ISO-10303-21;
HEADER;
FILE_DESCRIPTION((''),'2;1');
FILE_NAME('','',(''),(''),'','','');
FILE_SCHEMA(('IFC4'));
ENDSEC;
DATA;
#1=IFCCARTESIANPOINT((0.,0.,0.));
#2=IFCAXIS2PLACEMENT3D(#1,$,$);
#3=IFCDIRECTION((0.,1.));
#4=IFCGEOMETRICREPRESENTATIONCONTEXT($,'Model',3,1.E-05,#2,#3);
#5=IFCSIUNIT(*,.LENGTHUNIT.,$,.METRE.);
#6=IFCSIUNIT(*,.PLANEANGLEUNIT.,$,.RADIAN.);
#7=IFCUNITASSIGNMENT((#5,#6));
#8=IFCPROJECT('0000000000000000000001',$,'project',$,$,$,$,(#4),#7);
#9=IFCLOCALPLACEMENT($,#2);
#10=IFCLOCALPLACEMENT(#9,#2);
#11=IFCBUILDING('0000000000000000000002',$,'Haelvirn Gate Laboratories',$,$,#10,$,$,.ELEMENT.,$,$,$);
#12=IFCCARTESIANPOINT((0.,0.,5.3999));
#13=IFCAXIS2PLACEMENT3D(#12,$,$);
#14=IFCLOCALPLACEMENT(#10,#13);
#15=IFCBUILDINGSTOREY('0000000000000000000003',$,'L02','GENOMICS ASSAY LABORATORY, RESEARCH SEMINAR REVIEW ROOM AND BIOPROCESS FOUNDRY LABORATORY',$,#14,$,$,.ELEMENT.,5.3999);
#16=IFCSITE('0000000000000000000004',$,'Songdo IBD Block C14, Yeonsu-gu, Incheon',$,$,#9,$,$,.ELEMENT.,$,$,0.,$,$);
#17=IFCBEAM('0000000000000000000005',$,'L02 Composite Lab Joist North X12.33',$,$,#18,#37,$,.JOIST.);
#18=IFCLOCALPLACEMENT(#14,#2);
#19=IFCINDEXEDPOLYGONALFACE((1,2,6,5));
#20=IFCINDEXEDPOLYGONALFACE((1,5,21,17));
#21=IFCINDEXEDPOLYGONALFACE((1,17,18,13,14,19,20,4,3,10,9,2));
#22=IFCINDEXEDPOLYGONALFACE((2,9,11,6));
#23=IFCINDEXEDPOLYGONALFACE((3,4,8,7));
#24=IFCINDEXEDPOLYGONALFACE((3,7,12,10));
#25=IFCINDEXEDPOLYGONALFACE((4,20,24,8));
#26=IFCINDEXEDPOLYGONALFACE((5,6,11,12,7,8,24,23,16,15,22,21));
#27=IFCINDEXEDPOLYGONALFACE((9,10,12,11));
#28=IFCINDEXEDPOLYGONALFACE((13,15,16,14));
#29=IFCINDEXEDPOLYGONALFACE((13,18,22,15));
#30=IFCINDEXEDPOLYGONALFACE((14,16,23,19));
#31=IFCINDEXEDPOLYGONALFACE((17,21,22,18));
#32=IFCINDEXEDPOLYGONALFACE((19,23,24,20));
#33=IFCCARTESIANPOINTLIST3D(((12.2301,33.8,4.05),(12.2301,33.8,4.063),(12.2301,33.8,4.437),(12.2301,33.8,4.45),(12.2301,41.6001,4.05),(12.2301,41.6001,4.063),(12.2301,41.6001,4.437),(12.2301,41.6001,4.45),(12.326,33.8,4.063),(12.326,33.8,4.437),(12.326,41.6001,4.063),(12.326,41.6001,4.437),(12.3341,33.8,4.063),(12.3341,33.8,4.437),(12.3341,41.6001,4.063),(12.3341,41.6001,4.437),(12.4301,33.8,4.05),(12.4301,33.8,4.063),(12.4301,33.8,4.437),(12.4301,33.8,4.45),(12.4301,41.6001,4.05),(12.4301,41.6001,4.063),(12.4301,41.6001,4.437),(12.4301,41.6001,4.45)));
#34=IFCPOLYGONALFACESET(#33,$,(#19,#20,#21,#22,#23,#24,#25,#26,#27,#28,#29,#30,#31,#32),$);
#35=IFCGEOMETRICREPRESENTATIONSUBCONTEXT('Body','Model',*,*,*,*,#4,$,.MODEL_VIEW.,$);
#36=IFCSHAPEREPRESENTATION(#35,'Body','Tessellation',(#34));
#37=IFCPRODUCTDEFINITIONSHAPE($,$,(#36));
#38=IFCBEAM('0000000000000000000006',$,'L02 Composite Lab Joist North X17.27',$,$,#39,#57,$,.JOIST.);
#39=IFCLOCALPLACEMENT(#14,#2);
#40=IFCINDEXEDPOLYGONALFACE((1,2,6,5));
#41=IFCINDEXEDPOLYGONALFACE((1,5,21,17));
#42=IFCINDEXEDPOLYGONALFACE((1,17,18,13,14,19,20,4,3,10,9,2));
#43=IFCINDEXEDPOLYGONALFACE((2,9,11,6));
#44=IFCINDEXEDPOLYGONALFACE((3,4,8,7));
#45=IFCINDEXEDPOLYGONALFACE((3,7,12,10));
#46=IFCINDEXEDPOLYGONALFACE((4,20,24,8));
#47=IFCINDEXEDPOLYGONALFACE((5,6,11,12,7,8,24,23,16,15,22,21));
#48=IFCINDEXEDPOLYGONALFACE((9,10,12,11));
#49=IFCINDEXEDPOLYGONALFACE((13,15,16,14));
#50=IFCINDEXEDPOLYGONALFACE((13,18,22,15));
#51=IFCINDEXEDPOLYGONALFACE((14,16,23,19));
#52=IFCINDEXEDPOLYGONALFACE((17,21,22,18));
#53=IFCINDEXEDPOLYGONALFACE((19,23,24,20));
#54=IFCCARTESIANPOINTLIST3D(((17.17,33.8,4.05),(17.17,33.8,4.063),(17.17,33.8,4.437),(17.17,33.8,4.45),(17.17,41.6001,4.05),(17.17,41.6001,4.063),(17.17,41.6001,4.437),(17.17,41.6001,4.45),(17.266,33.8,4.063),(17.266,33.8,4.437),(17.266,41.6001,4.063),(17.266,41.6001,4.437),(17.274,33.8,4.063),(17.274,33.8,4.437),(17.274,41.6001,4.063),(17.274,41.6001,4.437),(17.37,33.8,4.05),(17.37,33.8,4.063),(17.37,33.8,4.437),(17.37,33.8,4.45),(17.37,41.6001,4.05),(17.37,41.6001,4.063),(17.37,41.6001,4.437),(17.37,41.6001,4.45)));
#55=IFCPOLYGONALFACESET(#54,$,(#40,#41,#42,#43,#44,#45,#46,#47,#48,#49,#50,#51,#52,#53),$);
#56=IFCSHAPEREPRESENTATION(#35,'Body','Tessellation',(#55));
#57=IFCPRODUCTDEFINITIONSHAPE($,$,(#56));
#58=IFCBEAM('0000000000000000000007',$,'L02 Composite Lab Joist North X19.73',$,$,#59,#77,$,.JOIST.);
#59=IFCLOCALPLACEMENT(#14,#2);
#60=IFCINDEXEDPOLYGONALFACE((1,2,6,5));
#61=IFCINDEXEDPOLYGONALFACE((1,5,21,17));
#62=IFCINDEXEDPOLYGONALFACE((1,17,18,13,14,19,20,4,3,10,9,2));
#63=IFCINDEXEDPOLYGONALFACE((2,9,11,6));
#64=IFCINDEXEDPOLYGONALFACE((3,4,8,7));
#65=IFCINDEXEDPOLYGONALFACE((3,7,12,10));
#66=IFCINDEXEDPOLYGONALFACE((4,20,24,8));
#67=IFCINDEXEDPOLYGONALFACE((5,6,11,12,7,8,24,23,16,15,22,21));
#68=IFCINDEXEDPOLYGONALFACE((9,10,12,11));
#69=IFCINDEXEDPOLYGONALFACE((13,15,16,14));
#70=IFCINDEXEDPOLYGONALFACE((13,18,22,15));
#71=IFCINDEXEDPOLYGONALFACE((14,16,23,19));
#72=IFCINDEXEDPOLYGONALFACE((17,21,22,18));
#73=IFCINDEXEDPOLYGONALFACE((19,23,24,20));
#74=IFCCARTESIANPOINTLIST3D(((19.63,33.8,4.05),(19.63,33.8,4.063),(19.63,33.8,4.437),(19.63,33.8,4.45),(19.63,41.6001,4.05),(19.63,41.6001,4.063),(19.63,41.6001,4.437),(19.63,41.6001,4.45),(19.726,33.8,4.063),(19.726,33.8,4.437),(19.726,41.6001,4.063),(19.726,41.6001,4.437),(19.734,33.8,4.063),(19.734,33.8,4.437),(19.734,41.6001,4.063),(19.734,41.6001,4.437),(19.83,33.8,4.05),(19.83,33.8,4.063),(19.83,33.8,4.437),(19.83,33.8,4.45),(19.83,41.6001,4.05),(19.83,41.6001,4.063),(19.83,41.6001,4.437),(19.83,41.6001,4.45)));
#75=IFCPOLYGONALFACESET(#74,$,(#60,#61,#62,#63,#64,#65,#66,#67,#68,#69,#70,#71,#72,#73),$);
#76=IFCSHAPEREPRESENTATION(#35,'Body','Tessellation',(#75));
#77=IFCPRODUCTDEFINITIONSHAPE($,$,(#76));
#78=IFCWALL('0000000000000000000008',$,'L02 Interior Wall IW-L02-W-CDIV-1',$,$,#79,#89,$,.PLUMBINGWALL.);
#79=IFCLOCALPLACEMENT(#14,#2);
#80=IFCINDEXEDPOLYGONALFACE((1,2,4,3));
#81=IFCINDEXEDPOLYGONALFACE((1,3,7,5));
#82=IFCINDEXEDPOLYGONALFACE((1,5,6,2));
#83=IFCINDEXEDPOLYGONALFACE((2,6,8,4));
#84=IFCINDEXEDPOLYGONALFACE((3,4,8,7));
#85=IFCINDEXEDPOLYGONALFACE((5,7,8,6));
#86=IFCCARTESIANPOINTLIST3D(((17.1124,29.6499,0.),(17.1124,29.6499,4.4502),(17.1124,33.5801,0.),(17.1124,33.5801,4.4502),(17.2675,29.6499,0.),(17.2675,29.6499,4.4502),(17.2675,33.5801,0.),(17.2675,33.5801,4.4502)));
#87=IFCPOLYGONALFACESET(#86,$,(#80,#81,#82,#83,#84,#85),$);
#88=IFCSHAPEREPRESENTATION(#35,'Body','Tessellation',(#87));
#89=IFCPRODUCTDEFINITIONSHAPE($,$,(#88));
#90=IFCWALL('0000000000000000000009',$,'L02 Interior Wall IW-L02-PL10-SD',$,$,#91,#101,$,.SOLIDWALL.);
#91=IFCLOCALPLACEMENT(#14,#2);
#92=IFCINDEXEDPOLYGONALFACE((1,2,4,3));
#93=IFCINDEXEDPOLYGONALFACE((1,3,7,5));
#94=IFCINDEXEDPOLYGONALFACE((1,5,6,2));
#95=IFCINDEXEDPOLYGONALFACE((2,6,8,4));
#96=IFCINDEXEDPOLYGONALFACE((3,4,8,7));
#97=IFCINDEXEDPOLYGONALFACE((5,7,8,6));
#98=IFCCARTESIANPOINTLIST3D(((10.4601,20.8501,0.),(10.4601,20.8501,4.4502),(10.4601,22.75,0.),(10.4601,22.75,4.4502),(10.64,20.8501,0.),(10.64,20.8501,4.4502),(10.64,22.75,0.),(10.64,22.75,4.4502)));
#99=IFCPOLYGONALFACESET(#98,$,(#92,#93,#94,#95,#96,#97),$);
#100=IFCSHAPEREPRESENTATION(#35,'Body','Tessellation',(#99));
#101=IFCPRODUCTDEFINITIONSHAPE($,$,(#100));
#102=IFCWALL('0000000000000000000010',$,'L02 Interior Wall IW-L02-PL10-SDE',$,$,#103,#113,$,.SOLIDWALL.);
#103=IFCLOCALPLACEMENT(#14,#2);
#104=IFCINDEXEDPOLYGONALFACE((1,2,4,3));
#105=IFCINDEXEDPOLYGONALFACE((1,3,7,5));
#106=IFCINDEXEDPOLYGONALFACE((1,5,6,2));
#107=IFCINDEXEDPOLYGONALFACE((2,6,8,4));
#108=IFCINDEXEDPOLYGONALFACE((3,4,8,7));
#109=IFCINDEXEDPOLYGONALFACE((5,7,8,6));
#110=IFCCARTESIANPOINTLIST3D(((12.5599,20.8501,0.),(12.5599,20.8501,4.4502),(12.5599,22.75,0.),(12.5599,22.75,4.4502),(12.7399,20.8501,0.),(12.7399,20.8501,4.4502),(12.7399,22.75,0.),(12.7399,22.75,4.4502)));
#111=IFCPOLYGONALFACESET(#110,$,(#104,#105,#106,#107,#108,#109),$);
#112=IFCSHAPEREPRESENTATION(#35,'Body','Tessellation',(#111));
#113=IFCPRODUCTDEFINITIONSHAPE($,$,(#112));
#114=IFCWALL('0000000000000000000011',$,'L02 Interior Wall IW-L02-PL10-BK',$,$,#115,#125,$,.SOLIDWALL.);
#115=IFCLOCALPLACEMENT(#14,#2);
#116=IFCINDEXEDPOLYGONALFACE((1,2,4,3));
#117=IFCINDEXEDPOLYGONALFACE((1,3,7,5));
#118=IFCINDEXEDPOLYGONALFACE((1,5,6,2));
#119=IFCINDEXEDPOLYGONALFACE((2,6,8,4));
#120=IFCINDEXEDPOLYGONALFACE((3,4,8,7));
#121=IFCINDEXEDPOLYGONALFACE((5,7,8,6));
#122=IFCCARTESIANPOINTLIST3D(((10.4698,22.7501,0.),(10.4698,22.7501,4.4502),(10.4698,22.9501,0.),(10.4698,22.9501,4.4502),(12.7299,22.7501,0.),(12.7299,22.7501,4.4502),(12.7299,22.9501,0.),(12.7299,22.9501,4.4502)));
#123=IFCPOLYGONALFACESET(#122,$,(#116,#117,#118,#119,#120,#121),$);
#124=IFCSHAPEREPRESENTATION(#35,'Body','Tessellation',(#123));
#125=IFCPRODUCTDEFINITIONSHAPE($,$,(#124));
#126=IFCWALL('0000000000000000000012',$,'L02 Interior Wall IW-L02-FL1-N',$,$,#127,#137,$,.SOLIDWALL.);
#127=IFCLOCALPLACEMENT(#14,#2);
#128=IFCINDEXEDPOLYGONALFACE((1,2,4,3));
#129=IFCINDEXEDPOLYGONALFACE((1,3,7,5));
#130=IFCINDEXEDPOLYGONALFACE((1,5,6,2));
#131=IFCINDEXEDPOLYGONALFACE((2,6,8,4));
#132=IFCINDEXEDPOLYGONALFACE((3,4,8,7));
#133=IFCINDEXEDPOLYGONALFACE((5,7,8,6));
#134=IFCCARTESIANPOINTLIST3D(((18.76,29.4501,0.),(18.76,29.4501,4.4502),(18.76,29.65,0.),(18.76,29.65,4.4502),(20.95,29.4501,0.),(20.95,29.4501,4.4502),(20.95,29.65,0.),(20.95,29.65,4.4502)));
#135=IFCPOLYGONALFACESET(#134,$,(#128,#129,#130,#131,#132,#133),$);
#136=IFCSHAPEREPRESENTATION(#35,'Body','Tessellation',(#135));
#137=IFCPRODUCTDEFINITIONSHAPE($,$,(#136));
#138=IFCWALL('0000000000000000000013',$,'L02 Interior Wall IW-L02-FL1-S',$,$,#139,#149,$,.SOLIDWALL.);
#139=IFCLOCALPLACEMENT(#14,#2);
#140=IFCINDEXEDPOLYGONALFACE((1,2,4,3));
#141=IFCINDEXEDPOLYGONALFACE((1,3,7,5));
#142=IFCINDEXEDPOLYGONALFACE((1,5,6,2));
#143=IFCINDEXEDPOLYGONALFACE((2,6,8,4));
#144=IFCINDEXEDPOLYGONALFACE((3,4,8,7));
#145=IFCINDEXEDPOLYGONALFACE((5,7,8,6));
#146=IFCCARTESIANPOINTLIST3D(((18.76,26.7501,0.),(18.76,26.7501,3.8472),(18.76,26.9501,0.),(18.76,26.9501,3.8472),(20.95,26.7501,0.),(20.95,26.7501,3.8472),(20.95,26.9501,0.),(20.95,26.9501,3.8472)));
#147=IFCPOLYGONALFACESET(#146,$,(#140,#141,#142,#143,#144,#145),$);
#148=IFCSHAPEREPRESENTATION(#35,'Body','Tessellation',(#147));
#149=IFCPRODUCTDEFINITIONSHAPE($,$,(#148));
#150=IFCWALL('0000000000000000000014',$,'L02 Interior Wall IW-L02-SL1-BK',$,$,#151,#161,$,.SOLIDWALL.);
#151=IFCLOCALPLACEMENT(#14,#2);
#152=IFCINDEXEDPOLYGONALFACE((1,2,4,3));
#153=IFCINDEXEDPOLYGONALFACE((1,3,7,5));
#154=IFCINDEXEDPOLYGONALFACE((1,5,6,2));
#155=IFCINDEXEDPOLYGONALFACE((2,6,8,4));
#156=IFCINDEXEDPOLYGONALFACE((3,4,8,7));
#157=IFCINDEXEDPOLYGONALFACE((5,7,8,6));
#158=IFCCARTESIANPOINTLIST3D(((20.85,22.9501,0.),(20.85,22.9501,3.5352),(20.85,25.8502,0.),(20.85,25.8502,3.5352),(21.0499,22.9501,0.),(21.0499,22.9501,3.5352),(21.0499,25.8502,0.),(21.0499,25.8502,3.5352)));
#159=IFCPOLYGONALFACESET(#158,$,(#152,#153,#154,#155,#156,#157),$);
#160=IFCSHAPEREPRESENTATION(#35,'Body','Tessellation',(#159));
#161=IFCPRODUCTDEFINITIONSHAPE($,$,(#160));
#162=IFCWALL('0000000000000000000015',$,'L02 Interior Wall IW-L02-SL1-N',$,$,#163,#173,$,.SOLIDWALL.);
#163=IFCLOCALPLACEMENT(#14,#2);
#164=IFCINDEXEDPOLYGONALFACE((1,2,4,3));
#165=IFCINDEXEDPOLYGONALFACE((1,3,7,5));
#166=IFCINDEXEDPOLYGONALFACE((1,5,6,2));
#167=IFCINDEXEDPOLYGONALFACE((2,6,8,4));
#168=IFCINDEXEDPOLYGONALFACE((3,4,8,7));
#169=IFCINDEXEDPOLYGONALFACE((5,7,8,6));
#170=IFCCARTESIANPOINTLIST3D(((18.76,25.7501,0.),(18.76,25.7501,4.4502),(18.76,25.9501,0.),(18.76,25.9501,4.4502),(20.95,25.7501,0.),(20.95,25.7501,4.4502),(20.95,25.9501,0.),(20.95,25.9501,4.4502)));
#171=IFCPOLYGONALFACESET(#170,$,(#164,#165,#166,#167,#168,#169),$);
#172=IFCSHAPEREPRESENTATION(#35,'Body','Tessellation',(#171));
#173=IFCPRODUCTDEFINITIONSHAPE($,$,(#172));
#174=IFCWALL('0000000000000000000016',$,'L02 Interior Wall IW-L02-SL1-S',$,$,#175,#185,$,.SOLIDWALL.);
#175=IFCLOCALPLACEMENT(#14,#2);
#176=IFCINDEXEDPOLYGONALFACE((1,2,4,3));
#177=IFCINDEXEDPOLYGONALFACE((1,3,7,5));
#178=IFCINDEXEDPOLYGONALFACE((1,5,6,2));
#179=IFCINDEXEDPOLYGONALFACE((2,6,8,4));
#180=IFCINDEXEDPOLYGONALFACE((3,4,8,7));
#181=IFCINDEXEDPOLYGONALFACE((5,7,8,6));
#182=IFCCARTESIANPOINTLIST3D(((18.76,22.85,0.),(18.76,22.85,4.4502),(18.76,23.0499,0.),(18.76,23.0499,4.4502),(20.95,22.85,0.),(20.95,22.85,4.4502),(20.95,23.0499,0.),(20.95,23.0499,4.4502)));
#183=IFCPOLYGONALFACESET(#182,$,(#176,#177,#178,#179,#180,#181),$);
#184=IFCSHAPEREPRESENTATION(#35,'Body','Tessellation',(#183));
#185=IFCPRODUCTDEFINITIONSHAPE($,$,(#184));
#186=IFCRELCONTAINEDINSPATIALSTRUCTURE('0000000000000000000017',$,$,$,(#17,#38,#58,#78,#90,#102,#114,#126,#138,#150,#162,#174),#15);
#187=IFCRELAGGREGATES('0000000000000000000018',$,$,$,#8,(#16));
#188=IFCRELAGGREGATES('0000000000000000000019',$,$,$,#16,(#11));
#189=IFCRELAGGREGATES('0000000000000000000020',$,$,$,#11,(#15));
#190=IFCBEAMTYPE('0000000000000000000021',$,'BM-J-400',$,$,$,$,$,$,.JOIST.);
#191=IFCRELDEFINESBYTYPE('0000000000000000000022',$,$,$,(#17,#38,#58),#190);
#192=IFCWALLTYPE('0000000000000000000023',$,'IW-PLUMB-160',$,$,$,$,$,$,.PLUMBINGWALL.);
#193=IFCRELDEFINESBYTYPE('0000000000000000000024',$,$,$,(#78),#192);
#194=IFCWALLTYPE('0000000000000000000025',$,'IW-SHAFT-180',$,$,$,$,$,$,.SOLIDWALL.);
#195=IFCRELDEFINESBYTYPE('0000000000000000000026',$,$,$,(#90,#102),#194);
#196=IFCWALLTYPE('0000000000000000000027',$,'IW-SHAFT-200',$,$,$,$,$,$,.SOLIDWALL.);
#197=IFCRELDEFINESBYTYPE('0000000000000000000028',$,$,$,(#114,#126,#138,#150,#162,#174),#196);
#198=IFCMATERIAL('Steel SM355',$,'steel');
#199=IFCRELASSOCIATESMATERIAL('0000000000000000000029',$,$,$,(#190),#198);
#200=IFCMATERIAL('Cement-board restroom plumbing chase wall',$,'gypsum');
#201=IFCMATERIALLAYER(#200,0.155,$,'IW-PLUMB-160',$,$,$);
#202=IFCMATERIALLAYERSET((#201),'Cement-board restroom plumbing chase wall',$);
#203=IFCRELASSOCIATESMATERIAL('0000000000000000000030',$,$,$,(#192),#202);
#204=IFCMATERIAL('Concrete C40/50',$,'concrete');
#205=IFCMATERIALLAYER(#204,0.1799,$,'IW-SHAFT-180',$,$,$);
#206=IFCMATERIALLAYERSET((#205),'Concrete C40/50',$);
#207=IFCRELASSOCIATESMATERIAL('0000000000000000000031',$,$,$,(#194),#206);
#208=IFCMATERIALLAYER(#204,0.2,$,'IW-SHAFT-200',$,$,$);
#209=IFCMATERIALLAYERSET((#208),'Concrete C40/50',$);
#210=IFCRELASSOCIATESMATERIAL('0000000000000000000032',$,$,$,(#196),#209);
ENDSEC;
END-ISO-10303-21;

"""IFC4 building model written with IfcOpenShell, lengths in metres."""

from ifc_helpers import new_model, si_unit, direction, frame, frame_2d, origin, origin_2d, place, context, subcontext, project, spatial, rectangle, i_section, extrude, source, transform, mapped, material, layer, layer_set, material_profile, profile_set, type_object, type_shapes, element, save


model = new_model("IFC4")

# Units and contexts
model_context = context("Model", 3, precision=1e-05, world=origin(), true_north=direction((0.0, 1.0)))
body_context = subcontext(model_context, "Body", "Model", "MODEL_VIEW")
ifc_project = project(units=[si_unit("LENGTHUNIT", "METRE"), si_unit("PLANEANGLEUNIT", "RADIAN")], contexts=[model_context])

# Site, building, storey
site_placement = place(None, origin())
site = spatial("IfcSite", under=ifc_project, at=site_placement, Name="Songdo IBD Block C14, Yeonsu-gu, Incheon", CompositionType="ELEMENT", RefElevation=0.0)
building_placement = place(site_placement, origin())
building = spatial("IfcBuilding", under=site, at=building_placement, Name="Haelvirn Gate Laboratories", CompositionType="ELEMENT")
storey_placement = place(building_placement, frame((0.0, 0.0, 5.3999)))
storey = spatial("IfcBuildingStorey", under=building, at=storey_placement, Name="L02", Description="GENOMICS ASSAY LABORATORY, RESEARCH SEMINAR REVIEW ROOM AND BIOPROCESS FOUNDRY LABORATORY", CompositionType="ELEMENT", Elevation=5.3999)

# Beams
ifc_material_1 = material(Name="Steel SM355", Category="steel")
ifc_material_profile = material_profile(ifc_material_1, i_section(OverallWidth=0.2, OverallDepth=0.3999, WebThickness=0.0081, FlangeThickness=0.0129, at=origin_2d()), Name="H-400x200x8x13")
ifc_profile_set = profile_set([ifc_material_profile], Name="Steel SM355")
beam_type = type_object("IfcBeamType", Name="BM-J-400", PredefinedType="JOIST", material=ifc_profile_set)
shared_shape_1 = source(origin(), body_context, "Body", "SweptSolid", [
    extrude(i_section(OverallWidth=0.2, OverallDepth=0.3999, WebThickness=0.0081, FlangeThickness=0.0129, at=origin_2d()), origin(), (0.0, 0.0, 1.0), 7.8),
])
type_shapes(beam_type, [shared_shape_1])
for number, where, z_axis, x_axis, name in (
    (1, (12.3301, 33.8, 4.25), (0.0, 1.0, 0.0), (-1.0, 0.0, 0.0), "L02 Composite Lab Joist North X12.33"),
    (2, (17.27, 33.8, 4.25), (0.0, 1.0, 0.0), (-1.0, 0.0, 0.0), "L02 Composite Lab Joist North X17.27"),
    (3, (19.73, 33.8, 4.25), (0.0, 1.0, 0.0), (-1.0, 0.0, 0.0), "L02 Composite Lab Joist North X19.73"),
):
    element("IfcBeam", number, at=place(storey_placement, frame(where, z_axis=z_axis, x_axis=x_axis)), inside=storey, type_object=beam_type, Name=name, PredefinedType="JOIST", context=body_context, shape_type="MappedRepresentation", body=[
        mapped(shared_shape_1, transform((0.0, 0.0, 0.0), scale=1.0)),
    ])

# Walls
ifc_material_2 = material(Name="Cement-board restroom plumbing chase wall", Category="gypsum")
ifc_layer_1 = layer(ifc_material_2, 0.155, Name="IW-PLUMB-160")
ifc_layer_set_1 = layer_set([ifc_layer_1], Name="Cement-board restroom plumbing chase wall")
wall_type_1 = type_object("IfcWallType", Name="IW-PLUMB-160", PredefinedType="PLUMBINGWALL", material=ifc_layer_set_1)
wall_1_placement = place(storey_placement, frame((17.1899, 29.6499, 0.0), z_axis=(0.0, 0.0, 1.0), x_axis=(0.0, 1.0, 0.0)))
element("IfcWall", 4, at=wall_1_placement, inside=storey, type_object=wall_type_1, Name="L02 Interior Wall IW-L02-W-CDIV-1", PredefinedType="PLUMBINGWALL", context=body_context, shape_type="SweptSolid", body=[
    extrude(rectangle(XDim=3.9302, YDim=0.155, at=frame_2d((1.9651, 0.0))), origin(), (0.0, 0.0, 1.0), 4.4502),
])
ifc_material_3 = material(Name="Concrete C40/50", Category="concrete")
ifc_layer_2 = layer(ifc_material_3, 0.1799, Name="IW-SHAFT-180")
ifc_layer_set_2 = layer_set([ifc_layer_2], Name="Concrete C40/50")
wall_type_2 = type_object("IfcWallType", Name="IW-SHAFT-180", PredefinedType="SOLIDWALL", material=ifc_layer_set_2)
for number, where, z_axis, x_axis, name in (
    (5, (10.55, 20.8501, 0.0), (0.0, 0.0, 1.0), (0.0, 1.0, 0.0), "L02 Interior Wall IW-L02-PL10-SD"),
    (6, (12.6499, 20.8501, 0.0), (0.0, 0.0, 1.0), (0.0, 1.0, 0.0), "L02 Interior Wall IW-L02-PL10-SDE"),
):
    element("IfcWall", number, at=place(storey_placement, frame(where, z_axis=z_axis, x_axis=x_axis)), inside=storey, type_object=wall_type_2, Name=name, PredefinedType="SOLIDWALL", context=body_context, shape_type="SweptSolid", body=[
        extrude(rectangle(XDim=1.8999, YDim=0.1799, at=frame_2d((0.95, 0.0))), origin(), (0.0, 0.0, 1.0), 4.4502),
    ])
ifc_layer_3 = layer(ifc_material_3, 0.2, Name="IW-SHAFT-200")
ifc_layer_set_3 = layer_set([ifc_layer_3], Name="Concrete C40/50")
wall_type_3 = type_object("IfcWallType", Name="IW-SHAFT-200", PredefinedType="SOLIDWALL", material=ifc_layer_set_3)
wall_2_placement = place(storey_placement, frame((10.47, 22.8501, 0.0), z_axis=(0.0, 0.0, 1.0), x_axis=(1.0, 0.0, 0.0)))
element("IfcWall", 7, at=wall_2_placement, inside=storey, type_object=wall_type_3, Name="L02 Interior Wall IW-L02-PL10-BK", PredefinedType="SOLIDWALL", context=body_context, shape_type="SweptSolid", body=[
    extrude(rectangle(XDim=2.26, YDim=0.2, at=frame_2d((1.1299, 0.0))), origin(), (0.0, 0.0, 1.0), 4.4502),
])
wall_3_placement = place(storey_placement, frame((18.76, 29.55, 0.0), z_axis=(0.0, 0.0, 1.0), x_axis=(1.0, 0.0, 0.0)))
element("IfcWall", 8, at=wall_3_placement, inside=storey, type_object=wall_type_3, Name="L02 Interior Wall IW-L02-FL1-N", PredefinedType="SOLIDWALL", context=body_context, shape_type="SweptSolid", body=[
    extrude(rectangle(XDim=2.1899, YDim=0.2, at=frame_2d((1.095, 0.0))), origin(), (0.0, 0.0, 1.0), 4.4502),
])
wall_4_placement = place(storey_placement, frame((18.76, 26.8501, 0.0), z_axis=(0.0, 0.0, 1.0), x_axis=(1.0, 0.0, 0.0)))
element("IfcWall", 9, at=wall_4_placement, inside=storey, type_object=wall_type_3, Name="L02 Interior Wall IW-L02-FL1-S", PredefinedType="SOLIDWALL", context=body_context, shape_type="SweptSolid", body=[
    extrude(rectangle(XDim=2.1899, YDim=0.2, at=frame_2d((1.095, 0.0))), origin(), (0.0, 0.0, 1.0), 3.8472),
])
wall_5_placement = place(storey_placement, frame((20.95, 22.95, 0.0), z_axis=(0.0, 0.0, 1.0), x_axis=(0.0, 1.0, 0.0)))
element("IfcWall", 10, at=wall_5_placement, inside=storey, type_object=wall_type_3, Name="L02 Interior Wall IW-L02-SL1-BK", PredefinedType="SOLIDWALL", context=body_context, shape_type="SweptSolid", body=[
    extrude(rectangle(XDim=2.9001, YDim=0.2, at=frame_2d((1.4502, 0.0))), origin(), (0.0, 0.0, 1.0), 3.5352),
])
for number, where, z_axis, x_axis, name in (
    (11, (18.76, 25.8501, 0.0), (0.0, 0.0, 1.0), (1.0, 0.0, 0.0), "L02 Interior Wall IW-L02-SL1-N"),
    (12, (18.76, 22.95, 0.0), (0.0, 0.0, 1.0), (1.0, 0.0, 0.0), "L02 Interior Wall IW-L02-SL1-S"),
):
    element("IfcWall", number, at=place(storey_placement, frame(where, z_axis=z_axis, x_axis=x_axis)), inside=storey, type_object=wall_type_3, Name=name, PredefinedType="SOLIDWALL", context=body_context, shape_type="SweptSolid", body=[
        extrude(rectangle(XDim=2.1899, YDim=0.2, at=frame_2d((1.095, 0.0))), origin(), (0.0, 0.0, 1.0), 4.4502),
    ])

save(model, "model.ifc")
